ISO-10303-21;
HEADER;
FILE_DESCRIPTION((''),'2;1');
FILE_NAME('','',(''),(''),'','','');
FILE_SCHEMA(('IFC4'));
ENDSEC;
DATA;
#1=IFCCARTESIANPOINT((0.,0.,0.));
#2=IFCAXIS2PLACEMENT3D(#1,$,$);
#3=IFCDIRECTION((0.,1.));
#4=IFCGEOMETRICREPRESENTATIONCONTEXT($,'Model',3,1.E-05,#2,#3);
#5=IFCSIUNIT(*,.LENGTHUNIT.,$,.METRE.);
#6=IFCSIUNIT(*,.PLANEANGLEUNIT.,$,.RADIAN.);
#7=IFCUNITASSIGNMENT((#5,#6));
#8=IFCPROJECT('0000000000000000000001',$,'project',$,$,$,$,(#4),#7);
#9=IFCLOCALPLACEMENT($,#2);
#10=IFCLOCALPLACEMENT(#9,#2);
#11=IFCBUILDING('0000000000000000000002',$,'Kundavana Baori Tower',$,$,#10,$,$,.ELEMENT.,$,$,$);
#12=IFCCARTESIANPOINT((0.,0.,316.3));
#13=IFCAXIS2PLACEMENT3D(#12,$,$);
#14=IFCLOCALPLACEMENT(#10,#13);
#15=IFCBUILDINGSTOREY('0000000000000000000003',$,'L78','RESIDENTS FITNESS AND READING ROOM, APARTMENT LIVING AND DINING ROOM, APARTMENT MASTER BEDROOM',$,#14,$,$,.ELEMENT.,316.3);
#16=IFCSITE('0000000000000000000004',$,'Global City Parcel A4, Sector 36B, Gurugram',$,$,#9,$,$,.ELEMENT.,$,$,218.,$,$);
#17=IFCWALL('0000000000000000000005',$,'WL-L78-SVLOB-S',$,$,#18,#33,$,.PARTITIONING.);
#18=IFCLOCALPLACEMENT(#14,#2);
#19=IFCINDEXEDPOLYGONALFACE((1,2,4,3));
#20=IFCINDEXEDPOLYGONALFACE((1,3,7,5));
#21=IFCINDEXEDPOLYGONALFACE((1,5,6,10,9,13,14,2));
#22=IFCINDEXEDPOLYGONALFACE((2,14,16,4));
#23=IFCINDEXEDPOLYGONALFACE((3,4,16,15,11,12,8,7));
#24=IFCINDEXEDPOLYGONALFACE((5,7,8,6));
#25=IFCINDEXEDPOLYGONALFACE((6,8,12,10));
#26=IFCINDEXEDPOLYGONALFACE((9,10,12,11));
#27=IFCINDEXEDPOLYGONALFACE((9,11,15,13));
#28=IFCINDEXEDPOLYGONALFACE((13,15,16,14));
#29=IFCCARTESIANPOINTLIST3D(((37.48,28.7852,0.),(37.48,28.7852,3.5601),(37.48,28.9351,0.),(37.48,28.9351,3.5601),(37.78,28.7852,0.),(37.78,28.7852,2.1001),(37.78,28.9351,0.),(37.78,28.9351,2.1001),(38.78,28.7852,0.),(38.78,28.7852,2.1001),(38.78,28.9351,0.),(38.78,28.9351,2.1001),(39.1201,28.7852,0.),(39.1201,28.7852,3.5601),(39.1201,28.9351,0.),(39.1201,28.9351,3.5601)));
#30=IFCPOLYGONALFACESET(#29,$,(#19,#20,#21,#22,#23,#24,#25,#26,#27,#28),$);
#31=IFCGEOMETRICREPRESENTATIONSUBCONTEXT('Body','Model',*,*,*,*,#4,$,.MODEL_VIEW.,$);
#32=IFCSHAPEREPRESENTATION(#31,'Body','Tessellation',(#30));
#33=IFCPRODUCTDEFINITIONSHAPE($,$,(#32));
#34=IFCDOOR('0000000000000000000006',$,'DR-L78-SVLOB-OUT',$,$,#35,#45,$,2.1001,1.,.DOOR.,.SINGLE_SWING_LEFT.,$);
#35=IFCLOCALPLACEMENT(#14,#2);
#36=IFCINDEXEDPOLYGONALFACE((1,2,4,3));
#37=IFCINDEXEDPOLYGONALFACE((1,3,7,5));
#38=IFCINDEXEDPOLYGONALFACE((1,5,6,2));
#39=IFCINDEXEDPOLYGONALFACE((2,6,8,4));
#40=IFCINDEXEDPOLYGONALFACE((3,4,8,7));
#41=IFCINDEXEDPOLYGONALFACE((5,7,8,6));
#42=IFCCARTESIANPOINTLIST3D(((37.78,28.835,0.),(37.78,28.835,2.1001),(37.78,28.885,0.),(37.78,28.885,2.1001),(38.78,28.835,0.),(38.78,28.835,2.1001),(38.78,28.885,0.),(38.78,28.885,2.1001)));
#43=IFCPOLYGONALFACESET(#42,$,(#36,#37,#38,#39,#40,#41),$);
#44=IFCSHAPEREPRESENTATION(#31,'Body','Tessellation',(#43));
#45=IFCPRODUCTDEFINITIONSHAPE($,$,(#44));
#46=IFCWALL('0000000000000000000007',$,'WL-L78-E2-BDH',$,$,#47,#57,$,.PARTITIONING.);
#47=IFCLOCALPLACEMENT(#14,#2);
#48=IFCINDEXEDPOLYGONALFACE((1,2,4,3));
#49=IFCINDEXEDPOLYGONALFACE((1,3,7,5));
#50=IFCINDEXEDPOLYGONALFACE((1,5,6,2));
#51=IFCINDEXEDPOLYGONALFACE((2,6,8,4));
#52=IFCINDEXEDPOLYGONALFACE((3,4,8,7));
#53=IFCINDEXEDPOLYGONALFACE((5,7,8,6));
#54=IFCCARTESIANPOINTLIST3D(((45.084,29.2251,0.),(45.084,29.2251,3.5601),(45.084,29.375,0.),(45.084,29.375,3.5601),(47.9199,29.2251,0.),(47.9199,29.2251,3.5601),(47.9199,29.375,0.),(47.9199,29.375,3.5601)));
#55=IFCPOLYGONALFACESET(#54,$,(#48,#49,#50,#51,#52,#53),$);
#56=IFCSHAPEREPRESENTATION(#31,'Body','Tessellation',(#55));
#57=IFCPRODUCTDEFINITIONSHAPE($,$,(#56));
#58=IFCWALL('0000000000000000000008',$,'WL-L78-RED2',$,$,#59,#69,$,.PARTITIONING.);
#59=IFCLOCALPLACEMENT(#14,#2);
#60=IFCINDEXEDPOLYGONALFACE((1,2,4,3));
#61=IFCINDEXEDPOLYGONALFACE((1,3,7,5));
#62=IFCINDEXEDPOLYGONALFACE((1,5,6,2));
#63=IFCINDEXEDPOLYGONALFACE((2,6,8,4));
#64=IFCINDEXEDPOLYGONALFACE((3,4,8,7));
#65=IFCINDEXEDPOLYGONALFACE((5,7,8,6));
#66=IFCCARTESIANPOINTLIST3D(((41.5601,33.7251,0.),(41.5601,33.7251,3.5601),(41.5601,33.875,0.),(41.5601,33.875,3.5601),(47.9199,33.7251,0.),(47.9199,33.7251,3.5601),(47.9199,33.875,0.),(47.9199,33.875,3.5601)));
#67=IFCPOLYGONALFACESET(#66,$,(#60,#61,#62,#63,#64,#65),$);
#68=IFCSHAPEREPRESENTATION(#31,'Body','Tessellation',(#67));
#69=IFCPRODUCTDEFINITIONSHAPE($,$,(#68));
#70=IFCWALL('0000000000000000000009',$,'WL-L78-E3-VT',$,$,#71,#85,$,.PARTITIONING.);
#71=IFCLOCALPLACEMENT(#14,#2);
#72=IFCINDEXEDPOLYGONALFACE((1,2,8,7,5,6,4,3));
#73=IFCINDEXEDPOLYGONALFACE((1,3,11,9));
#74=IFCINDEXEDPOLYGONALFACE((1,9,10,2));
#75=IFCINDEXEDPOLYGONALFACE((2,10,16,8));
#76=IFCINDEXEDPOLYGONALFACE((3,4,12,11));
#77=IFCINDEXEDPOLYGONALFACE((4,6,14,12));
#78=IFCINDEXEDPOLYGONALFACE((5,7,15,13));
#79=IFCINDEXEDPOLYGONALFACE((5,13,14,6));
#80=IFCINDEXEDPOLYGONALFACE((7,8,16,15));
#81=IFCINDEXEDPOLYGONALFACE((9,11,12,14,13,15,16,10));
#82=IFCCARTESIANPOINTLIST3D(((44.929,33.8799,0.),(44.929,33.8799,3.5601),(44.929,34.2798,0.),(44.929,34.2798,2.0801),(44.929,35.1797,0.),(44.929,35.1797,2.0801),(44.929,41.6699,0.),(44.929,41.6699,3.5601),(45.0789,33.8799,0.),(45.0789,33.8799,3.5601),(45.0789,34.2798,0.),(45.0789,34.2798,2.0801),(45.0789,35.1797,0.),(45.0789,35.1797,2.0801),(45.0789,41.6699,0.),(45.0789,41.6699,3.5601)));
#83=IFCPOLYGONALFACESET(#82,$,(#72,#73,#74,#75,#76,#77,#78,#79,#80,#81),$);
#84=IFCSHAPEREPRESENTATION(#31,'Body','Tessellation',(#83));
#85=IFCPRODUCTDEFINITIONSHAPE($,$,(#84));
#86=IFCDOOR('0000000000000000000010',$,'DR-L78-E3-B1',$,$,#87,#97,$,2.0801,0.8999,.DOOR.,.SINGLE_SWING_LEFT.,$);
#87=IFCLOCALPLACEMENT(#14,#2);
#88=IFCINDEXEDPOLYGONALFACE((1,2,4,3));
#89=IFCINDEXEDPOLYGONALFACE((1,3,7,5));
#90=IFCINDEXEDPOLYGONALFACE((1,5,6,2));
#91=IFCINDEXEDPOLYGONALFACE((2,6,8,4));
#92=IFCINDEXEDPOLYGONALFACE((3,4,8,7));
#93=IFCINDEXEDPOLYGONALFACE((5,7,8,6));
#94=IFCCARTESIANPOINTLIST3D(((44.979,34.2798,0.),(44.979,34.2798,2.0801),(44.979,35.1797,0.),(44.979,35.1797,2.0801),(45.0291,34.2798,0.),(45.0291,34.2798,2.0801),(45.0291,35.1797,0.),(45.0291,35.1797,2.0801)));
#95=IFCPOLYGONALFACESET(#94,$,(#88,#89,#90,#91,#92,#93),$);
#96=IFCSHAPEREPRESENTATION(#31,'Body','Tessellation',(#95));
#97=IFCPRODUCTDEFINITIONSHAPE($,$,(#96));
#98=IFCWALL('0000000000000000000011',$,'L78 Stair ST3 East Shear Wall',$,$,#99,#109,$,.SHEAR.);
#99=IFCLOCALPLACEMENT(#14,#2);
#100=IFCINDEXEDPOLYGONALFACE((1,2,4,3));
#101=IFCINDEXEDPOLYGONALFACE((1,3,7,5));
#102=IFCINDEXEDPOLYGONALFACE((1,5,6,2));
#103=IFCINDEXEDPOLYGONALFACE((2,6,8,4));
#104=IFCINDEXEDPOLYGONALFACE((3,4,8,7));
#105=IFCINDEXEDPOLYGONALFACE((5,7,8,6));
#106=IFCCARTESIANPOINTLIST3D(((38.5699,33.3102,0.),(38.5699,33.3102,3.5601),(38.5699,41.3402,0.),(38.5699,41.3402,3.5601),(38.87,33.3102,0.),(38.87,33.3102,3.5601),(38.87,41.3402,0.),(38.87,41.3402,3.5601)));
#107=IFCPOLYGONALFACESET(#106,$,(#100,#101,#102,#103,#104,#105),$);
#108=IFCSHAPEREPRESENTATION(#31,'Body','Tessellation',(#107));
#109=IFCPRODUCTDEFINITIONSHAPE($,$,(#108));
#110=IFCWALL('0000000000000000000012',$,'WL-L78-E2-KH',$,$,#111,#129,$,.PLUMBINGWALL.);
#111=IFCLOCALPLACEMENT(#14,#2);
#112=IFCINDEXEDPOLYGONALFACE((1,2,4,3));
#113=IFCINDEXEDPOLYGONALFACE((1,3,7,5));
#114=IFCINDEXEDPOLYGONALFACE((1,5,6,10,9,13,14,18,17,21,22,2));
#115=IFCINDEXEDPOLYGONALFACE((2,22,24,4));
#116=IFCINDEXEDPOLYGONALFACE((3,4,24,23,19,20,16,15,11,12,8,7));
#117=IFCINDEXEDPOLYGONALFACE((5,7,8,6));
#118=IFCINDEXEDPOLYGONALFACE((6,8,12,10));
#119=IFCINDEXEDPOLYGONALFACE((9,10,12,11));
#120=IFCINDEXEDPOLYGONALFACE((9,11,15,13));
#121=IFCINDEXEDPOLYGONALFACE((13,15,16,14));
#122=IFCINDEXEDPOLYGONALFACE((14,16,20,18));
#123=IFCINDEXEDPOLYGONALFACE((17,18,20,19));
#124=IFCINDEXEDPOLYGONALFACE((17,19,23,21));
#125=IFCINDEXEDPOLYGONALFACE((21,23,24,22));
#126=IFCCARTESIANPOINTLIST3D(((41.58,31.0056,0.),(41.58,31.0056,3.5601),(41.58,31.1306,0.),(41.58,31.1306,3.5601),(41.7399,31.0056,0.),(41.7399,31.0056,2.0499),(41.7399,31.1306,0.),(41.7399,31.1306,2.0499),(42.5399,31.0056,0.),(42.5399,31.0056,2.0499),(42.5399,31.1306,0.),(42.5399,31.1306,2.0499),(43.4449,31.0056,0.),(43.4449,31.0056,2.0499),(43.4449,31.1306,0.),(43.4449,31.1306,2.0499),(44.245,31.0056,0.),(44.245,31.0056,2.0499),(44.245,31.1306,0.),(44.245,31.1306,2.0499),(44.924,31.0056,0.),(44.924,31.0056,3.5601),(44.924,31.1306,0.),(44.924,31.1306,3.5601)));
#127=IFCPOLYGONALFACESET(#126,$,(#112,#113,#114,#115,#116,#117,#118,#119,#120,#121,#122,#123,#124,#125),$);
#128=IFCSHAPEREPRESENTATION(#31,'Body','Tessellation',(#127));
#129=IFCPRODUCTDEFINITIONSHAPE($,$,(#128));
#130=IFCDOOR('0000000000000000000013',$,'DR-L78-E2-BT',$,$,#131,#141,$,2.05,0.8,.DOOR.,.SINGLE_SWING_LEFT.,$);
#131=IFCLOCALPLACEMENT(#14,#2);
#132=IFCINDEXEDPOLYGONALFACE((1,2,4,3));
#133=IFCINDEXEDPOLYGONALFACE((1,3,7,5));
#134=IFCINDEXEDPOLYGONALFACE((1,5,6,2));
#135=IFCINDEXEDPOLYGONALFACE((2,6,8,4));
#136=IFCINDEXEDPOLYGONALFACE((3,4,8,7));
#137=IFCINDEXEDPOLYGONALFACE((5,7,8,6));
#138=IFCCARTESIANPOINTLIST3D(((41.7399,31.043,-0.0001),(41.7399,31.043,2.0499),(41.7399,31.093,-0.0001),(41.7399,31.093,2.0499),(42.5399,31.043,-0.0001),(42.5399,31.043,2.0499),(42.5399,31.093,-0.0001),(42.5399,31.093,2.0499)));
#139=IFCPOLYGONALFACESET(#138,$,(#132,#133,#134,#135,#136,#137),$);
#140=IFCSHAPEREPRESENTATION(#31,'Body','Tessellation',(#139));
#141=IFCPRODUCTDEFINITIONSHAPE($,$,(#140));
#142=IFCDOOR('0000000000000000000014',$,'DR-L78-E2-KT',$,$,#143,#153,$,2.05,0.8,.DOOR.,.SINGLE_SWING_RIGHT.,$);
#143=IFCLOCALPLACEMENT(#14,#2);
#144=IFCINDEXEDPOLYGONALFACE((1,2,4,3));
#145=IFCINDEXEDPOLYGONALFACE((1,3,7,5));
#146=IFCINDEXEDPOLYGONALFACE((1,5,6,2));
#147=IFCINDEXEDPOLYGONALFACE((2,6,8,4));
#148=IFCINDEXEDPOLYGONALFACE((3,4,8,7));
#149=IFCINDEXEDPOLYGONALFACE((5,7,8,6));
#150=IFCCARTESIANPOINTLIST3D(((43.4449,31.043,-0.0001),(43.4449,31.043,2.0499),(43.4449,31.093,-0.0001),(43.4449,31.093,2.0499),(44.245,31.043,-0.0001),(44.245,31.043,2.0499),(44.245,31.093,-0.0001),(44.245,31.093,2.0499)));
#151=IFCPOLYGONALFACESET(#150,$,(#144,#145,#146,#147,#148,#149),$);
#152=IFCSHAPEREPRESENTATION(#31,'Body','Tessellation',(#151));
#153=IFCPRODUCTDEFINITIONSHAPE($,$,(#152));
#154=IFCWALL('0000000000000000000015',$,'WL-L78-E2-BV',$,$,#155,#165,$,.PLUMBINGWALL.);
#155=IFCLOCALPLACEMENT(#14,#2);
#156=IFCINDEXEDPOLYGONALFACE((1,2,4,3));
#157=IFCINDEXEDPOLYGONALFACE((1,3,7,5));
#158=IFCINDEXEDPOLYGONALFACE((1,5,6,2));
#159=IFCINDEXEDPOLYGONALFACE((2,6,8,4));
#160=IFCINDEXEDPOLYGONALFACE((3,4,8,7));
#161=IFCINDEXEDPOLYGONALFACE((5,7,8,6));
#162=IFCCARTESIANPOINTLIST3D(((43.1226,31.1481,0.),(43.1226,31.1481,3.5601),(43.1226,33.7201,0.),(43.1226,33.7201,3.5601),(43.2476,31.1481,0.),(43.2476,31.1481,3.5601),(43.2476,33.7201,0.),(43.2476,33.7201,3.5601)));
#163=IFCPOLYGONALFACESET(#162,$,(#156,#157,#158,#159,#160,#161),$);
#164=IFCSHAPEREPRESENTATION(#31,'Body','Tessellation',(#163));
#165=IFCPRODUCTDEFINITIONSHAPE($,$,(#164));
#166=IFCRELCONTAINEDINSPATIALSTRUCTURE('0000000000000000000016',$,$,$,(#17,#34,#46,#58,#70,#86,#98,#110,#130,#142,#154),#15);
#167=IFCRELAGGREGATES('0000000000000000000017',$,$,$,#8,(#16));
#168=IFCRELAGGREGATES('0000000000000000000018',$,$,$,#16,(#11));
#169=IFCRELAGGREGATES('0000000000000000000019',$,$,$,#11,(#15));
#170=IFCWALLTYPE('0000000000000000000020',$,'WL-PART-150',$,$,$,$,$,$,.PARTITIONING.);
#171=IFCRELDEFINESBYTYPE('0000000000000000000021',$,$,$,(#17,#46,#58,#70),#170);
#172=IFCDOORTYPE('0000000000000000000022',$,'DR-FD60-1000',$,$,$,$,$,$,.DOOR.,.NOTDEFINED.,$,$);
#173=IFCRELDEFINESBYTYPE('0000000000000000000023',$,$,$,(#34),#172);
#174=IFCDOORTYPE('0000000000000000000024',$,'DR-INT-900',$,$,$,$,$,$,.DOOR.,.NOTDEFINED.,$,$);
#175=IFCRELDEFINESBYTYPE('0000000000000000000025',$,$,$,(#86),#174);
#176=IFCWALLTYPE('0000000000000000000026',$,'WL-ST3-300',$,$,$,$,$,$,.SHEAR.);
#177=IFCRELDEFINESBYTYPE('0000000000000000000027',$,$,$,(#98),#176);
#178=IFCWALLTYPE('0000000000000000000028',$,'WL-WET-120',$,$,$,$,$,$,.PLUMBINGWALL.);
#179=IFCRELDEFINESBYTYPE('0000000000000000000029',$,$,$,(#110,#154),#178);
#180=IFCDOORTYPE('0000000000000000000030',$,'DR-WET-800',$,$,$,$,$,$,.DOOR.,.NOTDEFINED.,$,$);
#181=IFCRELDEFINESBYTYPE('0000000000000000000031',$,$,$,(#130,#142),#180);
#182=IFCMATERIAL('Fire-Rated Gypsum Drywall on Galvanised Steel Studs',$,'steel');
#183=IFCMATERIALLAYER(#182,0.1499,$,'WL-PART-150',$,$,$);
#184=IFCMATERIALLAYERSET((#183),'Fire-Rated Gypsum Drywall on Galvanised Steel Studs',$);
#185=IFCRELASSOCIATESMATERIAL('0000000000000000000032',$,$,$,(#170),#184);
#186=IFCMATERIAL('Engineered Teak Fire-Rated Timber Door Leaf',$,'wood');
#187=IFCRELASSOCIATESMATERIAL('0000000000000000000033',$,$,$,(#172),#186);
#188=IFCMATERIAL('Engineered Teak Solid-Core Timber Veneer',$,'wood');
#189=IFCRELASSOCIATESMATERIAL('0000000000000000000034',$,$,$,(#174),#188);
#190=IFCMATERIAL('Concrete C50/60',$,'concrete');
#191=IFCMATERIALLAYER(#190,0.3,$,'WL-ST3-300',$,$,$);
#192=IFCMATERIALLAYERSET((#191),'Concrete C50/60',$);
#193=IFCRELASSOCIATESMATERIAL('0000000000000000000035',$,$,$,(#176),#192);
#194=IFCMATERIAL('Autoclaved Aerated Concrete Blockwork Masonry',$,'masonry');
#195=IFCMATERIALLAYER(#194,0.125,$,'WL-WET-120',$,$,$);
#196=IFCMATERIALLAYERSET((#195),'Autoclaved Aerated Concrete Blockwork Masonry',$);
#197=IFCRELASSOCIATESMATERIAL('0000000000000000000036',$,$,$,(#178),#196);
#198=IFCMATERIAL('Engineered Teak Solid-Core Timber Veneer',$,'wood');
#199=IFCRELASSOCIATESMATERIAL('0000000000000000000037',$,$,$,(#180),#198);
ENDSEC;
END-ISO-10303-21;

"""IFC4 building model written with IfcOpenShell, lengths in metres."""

from ifc_helpers import new_model, si_unit, direction, frame, frame_2d, origin, place, context, subcontext, project, spatial, rectangle, extrude, material, layer, layer_set, type_object, element, fill, save


model = new_model("IFC4")

# Units and contexts
model_context = context("Model", 3, precision=1e-05, world=origin(), true_north=direction((0.0, 1.0)))
body_context = subcontext(model_context, "Body", "Model", "MODEL_VIEW")
ifc_project = project(units=[si_unit("LENGTHUNIT", "METRE"), si_unit("PLANEANGLEUNIT", "RADIAN")], contexts=[model_context])

# Site, building, storey
site_placement = place(None, origin())
site = spatial("IfcSite", under=ifc_project, at=site_placement, Name="Global City Parcel A4, Sector 36B, Gurugram", CompositionType="ELEMENT", RefElevation=218.0)
building_placement = place(site_placement, origin())
building = spatial("IfcBuilding", under=site, at=building_placement, Name="Kundavana Baori Tower", CompositionType="ELEMENT")
storey_placement = place(building_placement, frame((0.0, 0.0, 316.3)))
storey = spatial("IfcBuildingStorey", under=building, at=storey_placement, Name="L78", Description="RESIDENTS FITNESS AND READING ROOM, APARTMENT LIVING AND DINING ROOM, APARTMENT MASTER BEDROOM", CompositionType="ELEMENT", Elevation=316.3)

# Shared definitions
ifc_material_1 = material(Name="Fire-Rated Gypsum Drywall on Galvanised Steel Studs", Category="steel")
ifc_layer_1 = layer(ifc_material_1, 0.1499, Name="WL-PART-150")
ifc_layer_set_1 = layer_set([ifc_layer_1], Name="Fire-Rated Gypsum Drywall on Galvanised Steel Studs")
wall_type_1 = type_object("IfcWallType", Name="WL-PART-150", PredefinedType="PARTITIONING", material=ifc_layer_set_1)

# Wall, opening, door
wall_1_placement = place(storey_placement, frame((37.48, 28.8601, 0.0), z_axis=(0.0, 0.0, 1.0), x_axis=(1.0, 0.0, 0.0)))
wall_1 = element("IfcWall", 1, at=wall_1_placement, inside=storey, type_object=wall_type_1, Name="WL-L78-SVLOB-S", PredefinedType="PARTITIONING", context=body_context, shape_type="SweptSolid", body=[
    extrude(rectangle(XDim=1.6401, YDim=0.1499, at=frame_2d((0.8201, 0.0))), origin(), (0.0, 0.0, 1.0), 3.5601),
])
opening_1_placement = place(wall_1_placement, frame((0.3, 0.0, 0.0)))
opening_1 = element("IfcOpeningElement", 2, at=opening_1_placement, cuts=wall_1, PredefinedType="OPENING", context=body_context, shape_type="SweptSolid", body=[
    extrude(rectangle(XDim=1.0, YDim=2.1001, at=frame_2d((0.5, 1.05))), frame((0.0, 0.085, 0.0), z_axis=(0.0, -1.0, 0.0), x_axis=(1.0, 0.0, 0.0)), (0.0, 0.0, 1.0), 0.1699),
])
ifc_material_2 = material(Name="Engineered Teak Fire-Rated Timber Door Leaf", Category="wood")
door_type_1 = type_object("IfcDoorType", Name="DR-FD60-1000", OperationType="NOTDEFINED", PredefinedType="DOOR", material=ifc_material_2)
door_1_placement = place(opening_1_placement, origin())
door_1 = element("IfcDoor", 3, at=door_1_placement, inside=storey, type_object=door_type_1, Name="DR-L78-SVLOB-OUT", OperationType="SINGLE_SWING_LEFT", OverallHeight=2.1001, OverallWidth=1.0, PredefinedType="DOOR", context=body_context, shape_type="SweptSolid", body=[
    extrude(rectangle(XDim=1.0, YDim=2.1001, at=frame_2d((0.5, 1.05))), frame((0.0, 0.0249, 0.0), z_axis=(0.0, -1.0, 0.0), x_axis=(1.0, 0.0, 0.0)), (0.0, 0.0, 1.0), 0.05),
])
fill(opening_1, door_1)

# Walls
wall_2_placement = place(storey_placement, frame((45.084, 29.3, 0.0), z_axis=(0.0, 0.0, 1.0), x_axis=(1.0, 0.0, 0.0)))
element("IfcWall", 4, at=wall_2_placement, inside=storey, type_object=wall_type_1, Name="WL-L78-E2-BDH", PredefinedType="PARTITIONING", context=body_context, shape_type="SweptSolid", body=[
    extrude(rectangle(XDim=2.8359, YDim=0.1499, at=frame_2d((1.418, 0.0))), origin(), (0.0, 0.0, 1.0), 3.5601),
])
wall_3_placement = place(storey_placement, frame((41.5601, 33.8, 0.0), z_axis=(0.0, 0.0, 1.0), x_axis=(1.0, 0.0, 0.0)))
element("IfcWall", 5, at=wall_3_placement, inside=storey, type_object=wall_type_1, Name="WL-L78-RED2", PredefinedType="PARTITIONING", context=body_context, shape_type="SweptSolid", body=[
    extrude(rectangle(XDim=6.3599, YDim=0.1499, at=frame_2d((3.1799, 0.0))), origin(), (0.0, 0.0, 1.0), 3.5601),
])

# Wall, opening, door
wall_4_placement = place(storey_placement, frame((45.0039, 33.8799, 0.0), z_axis=(0.0, 0.0, 1.0), x_axis=(0.0, 1.0, 0.0)))
wall_4 = element("IfcWall", 6, at=wall_4_placement, inside=storey, type_object=wall_type_1, Name="WL-L78-E3-VT", PredefinedType="PARTITIONING", context=body_context, shape_type="SweptSolid", body=[
    extrude(rectangle(XDim=7.79, YDim=0.1499, at=frame_2d((3.895, 0.0))), origin(), (0.0, 0.0, 1.0), 3.5601),
])
opening_2_placement = place(wall_4_placement, frame((0.3999, 0.0, 0.0)))
opening_2 = element("IfcOpeningElement", 7, at=opening_2_placement, cuts=wall_4, PredefinedType="OPENING", context=body_context, shape_type="SweptSolid", body=[
    extrude(rectangle(XDim=0.8999, YDim=2.0801, at=frame_2d((0.45, 1.04))), frame((0.0, 0.085, 0.0), z_axis=(0.0, -1.0, 0.0), x_axis=(1.0, 0.0, 0.0)), (0.0, 0.0, 1.0), 0.1699),
])
ifc_material_3 = material(Name="Engineered Teak Solid-Core Timber Veneer", Category="wood")
door_type_2 = type_object("IfcDoorType", Name="DR-INT-900", OperationType="NOTDEFINED", PredefinedType="DOOR", material=ifc_material_3)
door_2_placement = place(opening_2_placement, origin())
door_2 = element("IfcDoor", 8, at=door_2_placement, inside=storey, type_object=door_type_2, Name="DR-L78-E3-B1", OperationType="SINGLE_SWING_LEFT", OverallHeight=2.0801, OverallWidth=0.8999, PredefinedType="DOOR", context=body_context, shape_type="SweptSolid", body=[
    extrude(rectangle(XDim=0.8999, YDim=2.0801, at=frame_2d((0.45, 1.04))), frame((0.0, 0.0249, 0.0), z_axis=(0.0, -1.0, 0.0), x_axis=(1.0, 0.0, 0.0)), (0.0, 0.0, 1.0), 0.05),
])
fill(opening_2, door_2)

# Wall
ifc_material_4 = material(Name="Concrete C50/60", Category="concrete")
ifc_layer_2 = layer(ifc_material_4, 0.3, Name="WL-ST3-300")
ifc_layer_set_2 = layer_set([ifc_layer_2], Name="Concrete C50/60")
wall_type_2 = type_object("IfcWallType", Name="WL-ST3-300", PredefinedType="SHEAR", material=ifc_layer_set_2)
wall_5_placement = place(storey_placement, frame((38.72, 33.3101, 0.0), z_axis=(0.0, 0.0, 1.0), x_axis=(0.0, 1.0, 0.0)))
element("IfcWall", 9, at=wall_5_placement, inside=storey, type_object=wall_type_2, Name="L78 Stair ST3 East Shear Wall", PredefinedType="SHEAR", context=body_context, shape_type="SweptSolid", body=[
    extrude(rectangle(XDim=8.03, YDim=0.3, at=frame_2d((4.0151, 0.0))), origin(), (0.0, 0.0, 1.0), 3.5601),
])

# Wall, openings, doors
ifc_material_5 = material(Name="Autoclaved Aerated Concrete Blockwork Masonry", Category="masonry")
ifc_layer_3 = layer(ifc_material_5, 0.125, Name="WL-WET-120")
ifc_layer_set_3 = layer_set([ifc_layer_3], Name="Autoclaved Aerated Concrete Blockwork Masonry")
wall_type_3 = type_object("IfcWallType", Name="WL-WET-120", PredefinedType="PLUMBINGWALL", material=ifc_layer_set_3)
wall_6_placement = place(storey_placement, frame((41.5801, 31.0681, 0.0), z_axis=(0.0, 0.0, 1.0), x_axis=(1.0, 0.0, 0.0)))
wall_6 = element("IfcWall", 10, at=wall_6_placement, inside=storey, type_object=wall_type_3, Name="WL-L78-E2-KH", PredefinedType="PLUMBINGWALL", context=body_context, shape_type="SweptSolid", body=[
    extrude(rectangle(XDim=3.344, YDim=0.125, at=frame_2d((1.6719, 0.0))), origin(), (0.0, 0.0, 1.0), 3.5601),
])
opening_3_placement = place(wall_6_placement, frame((0.1599, 0.0, 0.0)))
opening_3 = element("IfcOpeningElement", 11, at=opening_3_placement, cuts=wall_6, PredefinedType="OPENING", context=body_context, shape_type="SweptSolid", body=[
    extrude(rectangle(XDim=0.8, YDim=2.05, at=frame_2d((0.3999, 1.0249))), frame((0.0, 0.0725, 0.0), z_axis=(0.0, -1.0, 0.0), x_axis=(1.0, 0.0, 0.0)), (0.0, 0.0, 1.0), 0.145),
])
opening_4_placement = place(wall_6_placement, frame((1.865, 0.0, 0.0)))
opening_4 = element("IfcOpeningElement", 12, at=opening_4_placement, cuts=wall_6, PredefinedType="OPENING", context=body_context, shape_type="SweptSolid", body=[
    extrude(rectangle(XDim=0.8, YDim=2.05, at=frame_2d((0.3999, 1.0249))), frame((0.0, 0.0725, 0.0), z_axis=(0.0, -1.0, 0.0), x_axis=(1.0, 0.0, 0.0)), (0.0, 0.0, 1.0), 0.145),
])
ifc_material_6 = material(Name="Engineered Teak Solid-Core Timber Veneer", Category="wood")
door_type_3 = type_object("IfcDoorType", Name="DR-WET-800", OperationType="NOTDEFINED", PredefinedType="DOOR", material=ifc_material_6)
door_3_placement = place(opening_3_placement, origin())
door_3 = element("IfcDoor", 13, at=door_3_placement, inside=storey, type_object=door_type_3, Name="DR-L78-E2-BT", OperationType="SINGLE_SWING_LEFT", OverallHeight=2.05, OverallWidth=0.8, PredefinedType="DOOR", context=body_context, shape_type="SweptSolid", body=[
    extrude(rectangle(XDim=0.8, YDim=2.05, at=frame_2d((0.3999, 1.0249))), frame((0.0, 0.0249, 0.0), z_axis=(0.0, -1.0, 0.0), x_axis=(1.0, 0.0, 0.0)), (0.0, 0.0, 1.0), 0.05),
])
fill(opening_3, door_3)
door_4_placement = place(opening_4_placement, origin())
door_4 = element("IfcDoor", 14, at=door_4_placement, inside=storey, type_object=door_type_3, Name="DR-L78-E2-KT", OperationType="SINGLE_SWING_RIGHT", OverallHeight=2.05, OverallWidth=0.8, PredefinedType="DOOR", context=body_context, shape_type="SweptSolid", body=[
    extrude(rectangle(XDim=0.8, YDim=2.05, at=frame_2d((0.3999, 1.0249))), frame((0.0, 0.0249, 0.0), z_axis=(0.0, -1.0, 0.0), x_axis=(1.0, 0.0, 0.0)), (0.0, 0.0, 1.0), 0.05),
])
fill(opening_4, door_4)

# Wall
wall_7_placement = place(storey_placement, frame((43.1851, 31.1479, 0.0), z_axis=(0.0, 0.0, 1.0), x_axis=(0.0, 1.0, 0.0)))
element("IfcWall", 15, at=wall_7_placement, inside=storey, type_object=wall_type_3, Name="WL-L78-E2-BV", PredefinedType="PLUMBINGWALL", context=body_context, shape_type="SweptSolid", body=[
    extrude(rectangle(XDim=2.572, YDim=0.125, at=frame_2d((1.2861, 0.0))), origin(), (0.0, 0.0, 1.0), 3.5601),
])

save(model, "model.ifc")
